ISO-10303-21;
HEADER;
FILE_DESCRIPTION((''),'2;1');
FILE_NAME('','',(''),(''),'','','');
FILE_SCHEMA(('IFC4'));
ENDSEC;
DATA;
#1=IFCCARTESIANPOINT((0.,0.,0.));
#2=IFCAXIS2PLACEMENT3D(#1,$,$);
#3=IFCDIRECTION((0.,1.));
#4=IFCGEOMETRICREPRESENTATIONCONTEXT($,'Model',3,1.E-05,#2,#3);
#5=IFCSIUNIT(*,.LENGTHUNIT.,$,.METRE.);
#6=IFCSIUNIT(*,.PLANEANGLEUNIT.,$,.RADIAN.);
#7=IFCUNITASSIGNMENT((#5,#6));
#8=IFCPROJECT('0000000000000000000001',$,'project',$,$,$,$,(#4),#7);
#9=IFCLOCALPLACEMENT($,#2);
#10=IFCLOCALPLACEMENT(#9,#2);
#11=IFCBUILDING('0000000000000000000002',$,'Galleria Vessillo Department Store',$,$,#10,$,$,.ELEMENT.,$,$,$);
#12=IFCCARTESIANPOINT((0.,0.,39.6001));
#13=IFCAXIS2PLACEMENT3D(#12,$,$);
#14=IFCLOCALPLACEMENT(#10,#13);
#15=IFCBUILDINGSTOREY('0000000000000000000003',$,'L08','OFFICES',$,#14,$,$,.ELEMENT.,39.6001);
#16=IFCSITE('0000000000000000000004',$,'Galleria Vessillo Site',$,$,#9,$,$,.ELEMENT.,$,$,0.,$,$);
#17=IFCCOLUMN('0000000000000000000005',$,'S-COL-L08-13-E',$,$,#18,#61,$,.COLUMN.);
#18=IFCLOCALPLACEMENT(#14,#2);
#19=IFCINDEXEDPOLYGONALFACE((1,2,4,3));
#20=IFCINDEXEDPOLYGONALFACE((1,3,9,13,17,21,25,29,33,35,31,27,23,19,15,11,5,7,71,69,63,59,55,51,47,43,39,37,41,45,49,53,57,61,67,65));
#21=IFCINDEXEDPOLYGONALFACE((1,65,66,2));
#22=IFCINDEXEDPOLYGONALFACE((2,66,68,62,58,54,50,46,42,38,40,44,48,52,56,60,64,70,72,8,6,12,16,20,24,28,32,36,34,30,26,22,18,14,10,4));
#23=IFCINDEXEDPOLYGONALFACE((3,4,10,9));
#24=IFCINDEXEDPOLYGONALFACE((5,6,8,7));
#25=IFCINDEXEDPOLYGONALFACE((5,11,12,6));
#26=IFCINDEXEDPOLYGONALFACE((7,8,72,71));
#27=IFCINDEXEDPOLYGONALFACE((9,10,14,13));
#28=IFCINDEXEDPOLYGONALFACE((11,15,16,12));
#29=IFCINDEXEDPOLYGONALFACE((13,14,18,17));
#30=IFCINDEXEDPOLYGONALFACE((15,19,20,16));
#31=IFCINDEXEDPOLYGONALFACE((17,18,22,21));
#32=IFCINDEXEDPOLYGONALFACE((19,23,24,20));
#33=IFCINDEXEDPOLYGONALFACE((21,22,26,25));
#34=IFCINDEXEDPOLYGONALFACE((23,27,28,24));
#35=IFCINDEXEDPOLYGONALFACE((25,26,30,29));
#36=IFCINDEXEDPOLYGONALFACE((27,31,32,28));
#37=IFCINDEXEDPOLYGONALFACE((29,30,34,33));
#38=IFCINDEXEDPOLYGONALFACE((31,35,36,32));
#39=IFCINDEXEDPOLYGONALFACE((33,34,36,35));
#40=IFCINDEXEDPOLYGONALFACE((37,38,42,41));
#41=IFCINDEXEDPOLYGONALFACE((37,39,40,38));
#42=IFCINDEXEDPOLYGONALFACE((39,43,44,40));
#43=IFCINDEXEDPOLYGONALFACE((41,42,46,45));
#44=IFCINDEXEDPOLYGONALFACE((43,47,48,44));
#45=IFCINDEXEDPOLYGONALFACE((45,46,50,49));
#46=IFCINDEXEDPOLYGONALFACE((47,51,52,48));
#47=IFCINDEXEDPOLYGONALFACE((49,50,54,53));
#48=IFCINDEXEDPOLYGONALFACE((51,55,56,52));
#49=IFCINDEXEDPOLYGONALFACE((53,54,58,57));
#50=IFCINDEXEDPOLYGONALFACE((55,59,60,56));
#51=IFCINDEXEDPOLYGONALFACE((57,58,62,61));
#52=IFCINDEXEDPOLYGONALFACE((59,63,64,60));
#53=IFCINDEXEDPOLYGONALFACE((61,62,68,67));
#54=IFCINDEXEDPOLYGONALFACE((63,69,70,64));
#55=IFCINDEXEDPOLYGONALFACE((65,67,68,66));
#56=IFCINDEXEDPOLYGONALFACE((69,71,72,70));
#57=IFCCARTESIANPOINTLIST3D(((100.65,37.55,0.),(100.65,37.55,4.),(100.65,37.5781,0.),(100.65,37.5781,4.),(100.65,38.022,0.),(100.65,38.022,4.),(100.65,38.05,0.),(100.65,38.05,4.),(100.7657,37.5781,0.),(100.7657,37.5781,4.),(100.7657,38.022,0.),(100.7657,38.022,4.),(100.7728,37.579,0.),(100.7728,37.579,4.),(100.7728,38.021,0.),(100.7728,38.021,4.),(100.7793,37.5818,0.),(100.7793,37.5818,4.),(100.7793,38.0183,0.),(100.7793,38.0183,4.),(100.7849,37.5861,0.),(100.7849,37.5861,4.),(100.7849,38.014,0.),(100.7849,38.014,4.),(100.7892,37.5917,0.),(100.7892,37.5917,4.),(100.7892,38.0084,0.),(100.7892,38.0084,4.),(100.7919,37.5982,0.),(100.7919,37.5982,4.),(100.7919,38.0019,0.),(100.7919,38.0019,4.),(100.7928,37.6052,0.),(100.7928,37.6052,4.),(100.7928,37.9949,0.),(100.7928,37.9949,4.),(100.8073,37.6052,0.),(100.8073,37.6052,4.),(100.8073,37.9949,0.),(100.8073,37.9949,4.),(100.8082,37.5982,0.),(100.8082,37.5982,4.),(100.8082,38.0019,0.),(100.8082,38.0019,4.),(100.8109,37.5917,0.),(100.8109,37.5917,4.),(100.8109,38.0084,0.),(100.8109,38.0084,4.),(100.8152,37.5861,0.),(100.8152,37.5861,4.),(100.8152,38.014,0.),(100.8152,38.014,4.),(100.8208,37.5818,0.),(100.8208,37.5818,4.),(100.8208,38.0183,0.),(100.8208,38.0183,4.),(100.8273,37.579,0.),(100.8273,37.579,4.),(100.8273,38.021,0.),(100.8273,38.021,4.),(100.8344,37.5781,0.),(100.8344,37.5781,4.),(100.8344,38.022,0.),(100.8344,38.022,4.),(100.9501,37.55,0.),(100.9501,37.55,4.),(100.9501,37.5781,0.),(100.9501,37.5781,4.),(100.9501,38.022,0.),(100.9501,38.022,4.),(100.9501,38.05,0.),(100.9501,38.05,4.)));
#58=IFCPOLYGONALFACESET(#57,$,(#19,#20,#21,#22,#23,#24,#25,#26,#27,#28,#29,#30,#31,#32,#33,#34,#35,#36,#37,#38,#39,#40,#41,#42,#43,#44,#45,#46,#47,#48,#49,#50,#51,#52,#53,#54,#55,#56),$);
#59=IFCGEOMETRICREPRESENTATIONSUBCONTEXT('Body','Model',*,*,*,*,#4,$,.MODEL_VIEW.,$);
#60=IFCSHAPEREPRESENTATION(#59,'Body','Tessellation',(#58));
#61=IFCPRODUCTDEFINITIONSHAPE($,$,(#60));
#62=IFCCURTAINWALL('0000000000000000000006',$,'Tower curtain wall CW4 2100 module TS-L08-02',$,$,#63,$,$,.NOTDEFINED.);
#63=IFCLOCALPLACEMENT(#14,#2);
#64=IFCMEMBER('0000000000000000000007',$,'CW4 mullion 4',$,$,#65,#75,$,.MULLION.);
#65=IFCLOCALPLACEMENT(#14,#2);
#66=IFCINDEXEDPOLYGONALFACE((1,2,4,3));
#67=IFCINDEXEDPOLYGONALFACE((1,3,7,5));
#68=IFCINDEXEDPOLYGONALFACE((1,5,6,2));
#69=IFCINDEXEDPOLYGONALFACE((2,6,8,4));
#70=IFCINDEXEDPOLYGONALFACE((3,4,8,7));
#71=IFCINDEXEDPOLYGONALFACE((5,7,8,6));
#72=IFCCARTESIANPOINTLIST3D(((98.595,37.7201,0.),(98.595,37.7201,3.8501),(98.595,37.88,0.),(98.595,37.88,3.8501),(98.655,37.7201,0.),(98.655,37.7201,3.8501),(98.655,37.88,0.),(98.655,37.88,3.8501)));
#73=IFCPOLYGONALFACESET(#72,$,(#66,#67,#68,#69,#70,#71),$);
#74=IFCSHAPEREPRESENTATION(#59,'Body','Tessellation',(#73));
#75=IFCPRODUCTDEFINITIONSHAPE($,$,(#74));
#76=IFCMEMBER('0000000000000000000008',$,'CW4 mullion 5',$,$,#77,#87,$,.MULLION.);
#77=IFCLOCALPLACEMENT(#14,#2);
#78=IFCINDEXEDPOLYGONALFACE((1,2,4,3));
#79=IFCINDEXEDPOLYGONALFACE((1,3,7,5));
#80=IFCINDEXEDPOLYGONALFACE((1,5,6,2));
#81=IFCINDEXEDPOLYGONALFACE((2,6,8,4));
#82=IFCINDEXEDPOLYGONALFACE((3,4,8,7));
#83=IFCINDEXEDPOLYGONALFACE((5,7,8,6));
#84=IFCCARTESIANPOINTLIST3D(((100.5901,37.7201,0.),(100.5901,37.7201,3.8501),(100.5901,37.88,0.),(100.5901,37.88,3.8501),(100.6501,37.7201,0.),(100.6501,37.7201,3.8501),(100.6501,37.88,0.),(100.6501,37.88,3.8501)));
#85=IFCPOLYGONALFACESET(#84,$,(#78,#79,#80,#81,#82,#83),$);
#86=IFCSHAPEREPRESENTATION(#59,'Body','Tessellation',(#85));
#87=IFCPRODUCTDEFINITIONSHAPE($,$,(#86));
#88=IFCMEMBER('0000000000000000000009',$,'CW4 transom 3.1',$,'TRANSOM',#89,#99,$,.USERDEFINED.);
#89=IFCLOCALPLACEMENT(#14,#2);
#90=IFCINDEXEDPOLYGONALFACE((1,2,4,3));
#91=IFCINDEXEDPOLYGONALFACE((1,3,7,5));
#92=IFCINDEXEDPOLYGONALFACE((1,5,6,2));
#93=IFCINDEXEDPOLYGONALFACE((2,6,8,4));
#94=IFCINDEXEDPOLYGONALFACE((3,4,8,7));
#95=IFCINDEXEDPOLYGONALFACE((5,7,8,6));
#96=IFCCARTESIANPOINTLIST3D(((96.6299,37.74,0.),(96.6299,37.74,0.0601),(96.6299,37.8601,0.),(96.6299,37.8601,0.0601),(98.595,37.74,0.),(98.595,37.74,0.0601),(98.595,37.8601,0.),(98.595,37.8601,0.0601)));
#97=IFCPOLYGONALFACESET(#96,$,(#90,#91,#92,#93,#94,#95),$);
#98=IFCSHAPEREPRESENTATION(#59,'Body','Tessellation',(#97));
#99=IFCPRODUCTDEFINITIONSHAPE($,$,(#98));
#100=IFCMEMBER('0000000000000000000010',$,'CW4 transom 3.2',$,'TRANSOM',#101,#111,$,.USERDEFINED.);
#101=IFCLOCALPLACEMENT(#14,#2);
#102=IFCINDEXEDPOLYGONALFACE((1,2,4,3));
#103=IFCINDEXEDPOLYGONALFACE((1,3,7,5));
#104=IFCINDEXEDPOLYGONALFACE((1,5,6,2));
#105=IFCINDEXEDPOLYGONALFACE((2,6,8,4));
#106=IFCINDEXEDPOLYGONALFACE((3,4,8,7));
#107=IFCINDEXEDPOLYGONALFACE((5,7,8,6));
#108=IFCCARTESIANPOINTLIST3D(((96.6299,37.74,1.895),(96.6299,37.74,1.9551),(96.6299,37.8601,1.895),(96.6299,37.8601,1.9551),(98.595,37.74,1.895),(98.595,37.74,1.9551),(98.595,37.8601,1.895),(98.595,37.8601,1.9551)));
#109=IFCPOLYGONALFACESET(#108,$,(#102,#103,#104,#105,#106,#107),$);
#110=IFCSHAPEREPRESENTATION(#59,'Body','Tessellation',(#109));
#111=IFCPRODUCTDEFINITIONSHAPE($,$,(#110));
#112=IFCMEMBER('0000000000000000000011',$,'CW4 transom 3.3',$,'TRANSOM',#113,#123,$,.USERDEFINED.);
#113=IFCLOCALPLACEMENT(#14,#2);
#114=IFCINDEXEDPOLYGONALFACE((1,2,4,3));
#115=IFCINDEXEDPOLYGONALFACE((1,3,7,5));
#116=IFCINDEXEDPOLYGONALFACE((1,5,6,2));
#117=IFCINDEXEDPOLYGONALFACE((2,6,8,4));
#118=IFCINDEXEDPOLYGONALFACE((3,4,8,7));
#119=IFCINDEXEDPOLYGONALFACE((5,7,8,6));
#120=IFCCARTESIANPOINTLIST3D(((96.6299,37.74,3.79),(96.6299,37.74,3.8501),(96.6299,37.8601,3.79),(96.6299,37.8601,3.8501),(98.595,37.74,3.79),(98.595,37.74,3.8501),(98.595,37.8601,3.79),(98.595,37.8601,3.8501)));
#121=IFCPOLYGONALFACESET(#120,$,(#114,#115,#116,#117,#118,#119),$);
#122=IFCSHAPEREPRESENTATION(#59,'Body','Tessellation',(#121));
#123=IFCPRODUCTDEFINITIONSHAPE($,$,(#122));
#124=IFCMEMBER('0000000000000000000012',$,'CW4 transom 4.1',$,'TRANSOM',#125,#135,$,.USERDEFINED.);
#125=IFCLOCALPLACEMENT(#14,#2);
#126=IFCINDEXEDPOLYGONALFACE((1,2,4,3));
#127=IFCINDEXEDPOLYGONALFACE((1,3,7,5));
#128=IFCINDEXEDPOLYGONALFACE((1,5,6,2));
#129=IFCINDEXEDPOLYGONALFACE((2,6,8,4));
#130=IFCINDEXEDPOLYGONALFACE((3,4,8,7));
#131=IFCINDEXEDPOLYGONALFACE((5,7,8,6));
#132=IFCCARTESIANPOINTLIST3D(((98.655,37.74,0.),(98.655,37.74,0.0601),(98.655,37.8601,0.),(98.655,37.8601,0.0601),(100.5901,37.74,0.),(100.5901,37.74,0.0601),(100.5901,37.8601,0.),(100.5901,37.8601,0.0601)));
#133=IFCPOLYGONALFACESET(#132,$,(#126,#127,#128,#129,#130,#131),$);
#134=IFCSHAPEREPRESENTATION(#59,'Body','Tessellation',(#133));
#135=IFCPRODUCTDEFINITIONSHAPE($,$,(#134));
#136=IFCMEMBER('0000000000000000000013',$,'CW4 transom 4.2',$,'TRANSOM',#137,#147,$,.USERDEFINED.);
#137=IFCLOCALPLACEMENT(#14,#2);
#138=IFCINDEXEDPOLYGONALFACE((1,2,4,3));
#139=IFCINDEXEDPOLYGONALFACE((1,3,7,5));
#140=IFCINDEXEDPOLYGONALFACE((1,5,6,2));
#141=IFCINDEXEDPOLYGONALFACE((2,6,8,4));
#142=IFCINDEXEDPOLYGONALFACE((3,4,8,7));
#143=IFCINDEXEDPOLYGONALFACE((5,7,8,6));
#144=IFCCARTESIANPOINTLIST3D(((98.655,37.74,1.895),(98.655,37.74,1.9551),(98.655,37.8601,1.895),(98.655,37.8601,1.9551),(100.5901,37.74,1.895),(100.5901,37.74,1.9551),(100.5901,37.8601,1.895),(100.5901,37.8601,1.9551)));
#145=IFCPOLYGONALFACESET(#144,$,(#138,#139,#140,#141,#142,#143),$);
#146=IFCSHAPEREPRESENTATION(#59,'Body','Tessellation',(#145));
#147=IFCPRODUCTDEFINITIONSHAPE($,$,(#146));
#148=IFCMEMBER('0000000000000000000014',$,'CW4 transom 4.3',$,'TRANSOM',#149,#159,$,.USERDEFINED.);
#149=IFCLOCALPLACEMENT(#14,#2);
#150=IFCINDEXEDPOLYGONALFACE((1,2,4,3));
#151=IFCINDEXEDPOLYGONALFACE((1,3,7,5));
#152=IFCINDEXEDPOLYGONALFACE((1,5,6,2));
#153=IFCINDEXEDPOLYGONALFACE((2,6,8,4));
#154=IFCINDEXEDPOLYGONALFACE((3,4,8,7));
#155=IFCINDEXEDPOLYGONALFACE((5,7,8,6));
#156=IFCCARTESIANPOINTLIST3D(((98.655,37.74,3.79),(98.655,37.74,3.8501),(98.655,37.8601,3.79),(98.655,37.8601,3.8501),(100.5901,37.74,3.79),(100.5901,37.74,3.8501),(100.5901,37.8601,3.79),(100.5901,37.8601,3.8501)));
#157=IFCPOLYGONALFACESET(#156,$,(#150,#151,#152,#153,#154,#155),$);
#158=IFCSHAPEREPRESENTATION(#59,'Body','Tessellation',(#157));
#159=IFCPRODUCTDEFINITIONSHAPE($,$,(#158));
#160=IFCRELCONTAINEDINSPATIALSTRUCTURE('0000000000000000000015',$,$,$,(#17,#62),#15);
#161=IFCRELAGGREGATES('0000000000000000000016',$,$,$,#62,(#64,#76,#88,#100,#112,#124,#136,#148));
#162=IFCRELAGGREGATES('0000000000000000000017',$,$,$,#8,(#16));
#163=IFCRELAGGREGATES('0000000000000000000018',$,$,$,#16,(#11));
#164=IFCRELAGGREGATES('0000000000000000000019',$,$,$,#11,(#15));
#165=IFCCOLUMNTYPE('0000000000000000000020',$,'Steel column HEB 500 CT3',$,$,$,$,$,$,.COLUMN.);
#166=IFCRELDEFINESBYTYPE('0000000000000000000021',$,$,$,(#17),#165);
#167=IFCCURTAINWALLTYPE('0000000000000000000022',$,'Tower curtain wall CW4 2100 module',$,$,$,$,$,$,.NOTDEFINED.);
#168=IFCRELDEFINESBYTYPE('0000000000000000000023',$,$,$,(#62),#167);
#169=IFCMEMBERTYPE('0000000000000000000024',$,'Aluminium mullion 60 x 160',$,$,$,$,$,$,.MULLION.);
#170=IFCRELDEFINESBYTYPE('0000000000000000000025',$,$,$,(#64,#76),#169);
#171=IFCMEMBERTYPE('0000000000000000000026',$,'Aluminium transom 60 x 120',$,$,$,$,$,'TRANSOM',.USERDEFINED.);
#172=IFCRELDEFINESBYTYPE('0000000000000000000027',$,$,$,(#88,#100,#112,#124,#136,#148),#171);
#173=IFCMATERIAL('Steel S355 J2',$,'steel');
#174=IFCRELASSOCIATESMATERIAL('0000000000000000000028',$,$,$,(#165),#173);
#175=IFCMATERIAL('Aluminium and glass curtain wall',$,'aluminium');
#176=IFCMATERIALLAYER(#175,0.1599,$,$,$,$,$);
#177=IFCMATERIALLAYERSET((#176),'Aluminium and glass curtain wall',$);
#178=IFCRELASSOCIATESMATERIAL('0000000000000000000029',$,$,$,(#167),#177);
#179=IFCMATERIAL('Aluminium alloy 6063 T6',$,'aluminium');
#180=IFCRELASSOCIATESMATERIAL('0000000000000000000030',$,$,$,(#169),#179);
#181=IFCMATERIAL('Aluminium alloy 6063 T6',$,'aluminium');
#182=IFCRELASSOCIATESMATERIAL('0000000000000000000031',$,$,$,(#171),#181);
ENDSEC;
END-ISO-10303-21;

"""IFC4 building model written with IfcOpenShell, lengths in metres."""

from ifc_helpers import new_model, si_unit, direction, frame, origin, origin_2d, place, context, subcontext, project, spatial, rectangle, i_section, extrude, material, layer, layer_set, material_profile, profile_set, type_object, element, aggregate, save


model = new_model("IFC4")

# Units and contexts
model_context = context("Model", 3, precision=1e-05, world=origin(), true_north=direction((0.0, 1.0)))
body_context = subcontext(model_context, "Body", "Model", "MODEL_VIEW")
ifc_project = project(units=[si_unit("LENGTHUNIT", "METRE"), si_unit("PLANEANGLEUNIT", "RADIAN")], contexts=[model_context])

# Site, building, storey
site_placement = place(None, origin())
site = spatial("IfcSite", under=ifc_project, at=site_placement, Name="Galleria Vessillo Site", CompositionType="ELEMENT", RefElevation=0.0)
building_placement = place(site_placement, origin())
building = spatial("IfcBuilding", under=site, at=building_placement, Name="Galleria Vessillo Department Store", CompositionType="ELEMENT")
storey_placement = place(building_placement, frame((0.0, 0.0, 39.6001)))
storey = spatial("IfcBuildingStorey", under=building, at=storey_placement, Name="L08", Description="OFFICES", CompositionType="ELEMENT", Elevation=39.6001)

# Column
ifc_material_1 = material(Name="Steel S355 J2", Category="steel")
ifc_material_profile_1 = material_profile(ifc_material_1, i_section(OverallWidth=0.3, OverallDepth=0.5, WebThickness=0.0144, FlangeThickness=0.0281, FilletRadius=0.0271, at=origin_2d()), Name="HEB 500")
ifc_profile_set_1 = profile_set([ifc_material_profile_1], Name="Steel S355 J2")
column_type = type_object("IfcColumnType", Name="Steel column HEB 500 CT3", PredefinedType="COLUMN", material=ifc_profile_set_1)
column_placement = place(storey_placement, frame((100.8, 37.8, 0.0), z_axis=(0.0, 0.0, 1.0), x_axis=(1.0, 0.0, 0.0)))
element("IfcColumn", 1, at=column_placement, inside=storey, type_object=column_type, Name="S-COL-L08-13-E", PredefinedType="COLUMN", context=body_context, shape_type="SweptSolid", body=[
    extrude(i_section(OverallWidth=0.3, OverallDepth=0.5, WebThickness=0.0144, FlangeThickness=0.0281, FilletRadius=0.0271, at=origin_2d()), origin(), (0.0, 0.0, 1.0), 4.0),
])

# Curtain wall, members
ifc_material_2 = material(Name="Aluminium and glass curtain wall", Category="aluminium")
ifc_layer_1 = layer(ifc_material_2, 0.1599)
ifc_layer_set_1 = layer_set([ifc_layer_1], Name="Aluminium and glass curtain wall")
curtain_wall_type = type_object("IfcCurtainWallType", Name="Tower curtain wall CW4 2100 module", PredefinedType="NOTDEFINED", material=ifc_layer_set_1)
curtain_wall_placement = place(storey_placement, origin())
curtain_wall = element("IfcCurtainWall", 2, at=curtain_wall_placement, inside=storey, type_object=curtain_wall_type, Name="Tower curtain wall CW4 2100 module TS-L08-02", PredefinedType="NOTDEFINED")
ifc_material_3 = material(Name="Aluminium alloy 6063 T6", Category="aluminium")
ifc_material_profile_2 = material_profile(ifc_material_3, rectangle(XDim=0.1599, YDim=0.0601, at=origin_2d()), Name="AL 60x160")
ifc_profile_set_2 = profile_set([ifc_material_profile_2], Name="Aluminium alloy 6063 T6")
member_type_1 = type_object("IfcMemberType", Name="Aluminium mullion 60 x 160", PredefinedType="MULLION", material=ifc_profile_set_2)
member_1_placement = place(storey_placement, frame((98.625, 37.8, 0.0), z_axis=(0.0, 0.0, 1.0), x_axis=(0.0, 1.0, 0.0)))
member_1 = element("IfcMember", 3, at=member_1_placement, type_object=member_type_1, Name="CW4 mullion 4", PredefinedType="MULLION", context=body_context, shape_type="SweptSolid", body=[
    extrude(rectangle(XDim=0.1599, YDim=0.0601, at=origin_2d()), origin(), (0.0, 0.0, 1.0), 3.8501),
])
member_2_placement = place(storey_placement, frame((100.6201, 37.8, 0.0), z_axis=(0.0, 0.0, 1.0), x_axis=(0.0, 1.0, 0.0)))
member_2 = element("IfcMember", 4, at=member_2_placement, type_object=member_type_1, Name="CW4 mullion 5", PredefinedType="MULLION", context=body_context, shape_type="SweptSolid", body=[
    extrude(rectangle(XDim=0.1599, YDim=0.0601, at=origin_2d()), origin(), (0.0, 0.0, 1.0), 3.8501),
])
ifc_material_4 = material(Name="Aluminium alloy 6063 T6", Category="aluminium")
ifc_material_profile_3 = material_profile(ifc_material_4, rectangle(XDim=0.1201, YDim=0.0601, at=origin_2d()), Name="AL 60x120")
ifc_profile_set_3 = profile_set([ifc_material_profile_3], Name="Aluminium alloy 6063 T6")
member_type_2 = type_object("IfcMemberType", Name="Aluminium transom 60 x 120", ElementType="TRANSOM", PredefinedType="USERDEFINED", material=ifc_profile_set_3)
member_3_placement = place(storey_placement, frame((96.6299, 37.8, 0.03), z_axis=(1.0, 0.0, 0.0), x_axis=(0.0, 1.0, 0.0)))
member_3 = element("IfcMember", 5, at=member_3_placement, type_object=member_type_2, Name="CW4 transom 3.1", ObjectType="TRANSOM", PredefinedType="USERDEFINED", context=body_context, shape_type="SweptSolid", body=[
    extrude(rectangle(XDim=0.1201, YDim=0.0601, at=origin_2d()), origin(), (0.0, 0.0, 1.0), 1.9651),
])
member_4_placement = place(storey_placement, frame((96.6299, 37.8, 1.925), z_axis=(1.0, 0.0, 0.0), x_axis=(0.0, 1.0, 0.0)))
member_4 = element("IfcMember", 6, at=member_4_placement, type_object=member_type_2, Name="CW4 transom 3.2", ObjectType="TRANSOM", PredefinedType="USERDEFINED", context=body_context, shape_type="SweptSolid", body=[
    extrude(rectangle(XDim=0.1201, YDim=0.0601, at=origin_2d()), origin(), (0.0, 0.0, 1.0), 1.9651),
])
member_5_placement = place(storey_placement, frame((96.6299, 37.8, 3.8201), z_axis=(1.0, 0.0, 0.0), x_axis=(0.0, 1.0, 0.0)))
member_5 = element("IfcMember", 7, at=member_5_placement, type_object=member_type_2, Name="CW4 transom 3.3", ObjectType="TRANSOM", PredefinedType="USERDEFINED", context=body_context, shape_type="SweptSolid", body=[
    extrude(rectangle(XDim=0.1201, YDim=0.0601, at=origin_2d()), origin(), (0.0, 0.0, 1.0), 1.9651),
])
member_6_placement = place(storey_placement, frame((98.655, 37.8, 0.03), z_axis=(1.0, 0.0, 0.0), x_axis=(0.0, 1.0, 0.0)))
member_6 = element("IfcMember", 8, at=member_6_placement, type_object=member_type_2, Name="CW4 transom 4.1", ObjectType="TRANSOM", PredefinedType="USERDEFINED", context=body_context, shape_type="SweptSolid", body=[
    extrude(rectangle(XDim=0.1201, YDim=0.0601, at=origin_2d()), origin(), (0.0, 0.0, 1.0), 1.9351),
])
member_7_placement = place(storey_placement, frame((98.655, 37.8, 1.925), z_axis=(1.0, 0.0, 0.0), x_axis=(0.0, 1.0, 0.0)))
member_7 = element("IfcMember", 9, at=member_7_placement, type_object=member_type_2, Name="CW4 transom 4.2", ObjectType="TRANSOM", PredefinedType="USERDEFINED", context=body_context, shape_type="SweptSolid", body=[
    extrude(rectangle(XDim=0.1201, YDim=0.0601, at=origin_2d()), origin(), (0.0, 0.0, 1.0), 1.9351),
])
member_8_placement = place(storey_placement, frame((98.655, 37.8, 3.8201), z_axis=(1.0, 0.0, 0.0), x_axis=(0.0, 1.0, 0.0)))
member_8 = element("IfcMember", 10, at=member_8_placement, type_object=member_type_2, Name="CW4 transom 4.3", ObjectType="TRANSOM", PredefinedType="USERDEFINED", context=body_context, shape_type="SweptSolid", body=[
    extrude(rectangle(XDim=0.1201, YDim=0.0601, at=origin_2d()), origin(), (0.0, 0.0, 1.0), 1.9351),
])

aggregate(curtain_wall, [member_1, member_2, member_3, member_4, member_5, member_6, member_7, member_8])

save(model, "model.ifc")
